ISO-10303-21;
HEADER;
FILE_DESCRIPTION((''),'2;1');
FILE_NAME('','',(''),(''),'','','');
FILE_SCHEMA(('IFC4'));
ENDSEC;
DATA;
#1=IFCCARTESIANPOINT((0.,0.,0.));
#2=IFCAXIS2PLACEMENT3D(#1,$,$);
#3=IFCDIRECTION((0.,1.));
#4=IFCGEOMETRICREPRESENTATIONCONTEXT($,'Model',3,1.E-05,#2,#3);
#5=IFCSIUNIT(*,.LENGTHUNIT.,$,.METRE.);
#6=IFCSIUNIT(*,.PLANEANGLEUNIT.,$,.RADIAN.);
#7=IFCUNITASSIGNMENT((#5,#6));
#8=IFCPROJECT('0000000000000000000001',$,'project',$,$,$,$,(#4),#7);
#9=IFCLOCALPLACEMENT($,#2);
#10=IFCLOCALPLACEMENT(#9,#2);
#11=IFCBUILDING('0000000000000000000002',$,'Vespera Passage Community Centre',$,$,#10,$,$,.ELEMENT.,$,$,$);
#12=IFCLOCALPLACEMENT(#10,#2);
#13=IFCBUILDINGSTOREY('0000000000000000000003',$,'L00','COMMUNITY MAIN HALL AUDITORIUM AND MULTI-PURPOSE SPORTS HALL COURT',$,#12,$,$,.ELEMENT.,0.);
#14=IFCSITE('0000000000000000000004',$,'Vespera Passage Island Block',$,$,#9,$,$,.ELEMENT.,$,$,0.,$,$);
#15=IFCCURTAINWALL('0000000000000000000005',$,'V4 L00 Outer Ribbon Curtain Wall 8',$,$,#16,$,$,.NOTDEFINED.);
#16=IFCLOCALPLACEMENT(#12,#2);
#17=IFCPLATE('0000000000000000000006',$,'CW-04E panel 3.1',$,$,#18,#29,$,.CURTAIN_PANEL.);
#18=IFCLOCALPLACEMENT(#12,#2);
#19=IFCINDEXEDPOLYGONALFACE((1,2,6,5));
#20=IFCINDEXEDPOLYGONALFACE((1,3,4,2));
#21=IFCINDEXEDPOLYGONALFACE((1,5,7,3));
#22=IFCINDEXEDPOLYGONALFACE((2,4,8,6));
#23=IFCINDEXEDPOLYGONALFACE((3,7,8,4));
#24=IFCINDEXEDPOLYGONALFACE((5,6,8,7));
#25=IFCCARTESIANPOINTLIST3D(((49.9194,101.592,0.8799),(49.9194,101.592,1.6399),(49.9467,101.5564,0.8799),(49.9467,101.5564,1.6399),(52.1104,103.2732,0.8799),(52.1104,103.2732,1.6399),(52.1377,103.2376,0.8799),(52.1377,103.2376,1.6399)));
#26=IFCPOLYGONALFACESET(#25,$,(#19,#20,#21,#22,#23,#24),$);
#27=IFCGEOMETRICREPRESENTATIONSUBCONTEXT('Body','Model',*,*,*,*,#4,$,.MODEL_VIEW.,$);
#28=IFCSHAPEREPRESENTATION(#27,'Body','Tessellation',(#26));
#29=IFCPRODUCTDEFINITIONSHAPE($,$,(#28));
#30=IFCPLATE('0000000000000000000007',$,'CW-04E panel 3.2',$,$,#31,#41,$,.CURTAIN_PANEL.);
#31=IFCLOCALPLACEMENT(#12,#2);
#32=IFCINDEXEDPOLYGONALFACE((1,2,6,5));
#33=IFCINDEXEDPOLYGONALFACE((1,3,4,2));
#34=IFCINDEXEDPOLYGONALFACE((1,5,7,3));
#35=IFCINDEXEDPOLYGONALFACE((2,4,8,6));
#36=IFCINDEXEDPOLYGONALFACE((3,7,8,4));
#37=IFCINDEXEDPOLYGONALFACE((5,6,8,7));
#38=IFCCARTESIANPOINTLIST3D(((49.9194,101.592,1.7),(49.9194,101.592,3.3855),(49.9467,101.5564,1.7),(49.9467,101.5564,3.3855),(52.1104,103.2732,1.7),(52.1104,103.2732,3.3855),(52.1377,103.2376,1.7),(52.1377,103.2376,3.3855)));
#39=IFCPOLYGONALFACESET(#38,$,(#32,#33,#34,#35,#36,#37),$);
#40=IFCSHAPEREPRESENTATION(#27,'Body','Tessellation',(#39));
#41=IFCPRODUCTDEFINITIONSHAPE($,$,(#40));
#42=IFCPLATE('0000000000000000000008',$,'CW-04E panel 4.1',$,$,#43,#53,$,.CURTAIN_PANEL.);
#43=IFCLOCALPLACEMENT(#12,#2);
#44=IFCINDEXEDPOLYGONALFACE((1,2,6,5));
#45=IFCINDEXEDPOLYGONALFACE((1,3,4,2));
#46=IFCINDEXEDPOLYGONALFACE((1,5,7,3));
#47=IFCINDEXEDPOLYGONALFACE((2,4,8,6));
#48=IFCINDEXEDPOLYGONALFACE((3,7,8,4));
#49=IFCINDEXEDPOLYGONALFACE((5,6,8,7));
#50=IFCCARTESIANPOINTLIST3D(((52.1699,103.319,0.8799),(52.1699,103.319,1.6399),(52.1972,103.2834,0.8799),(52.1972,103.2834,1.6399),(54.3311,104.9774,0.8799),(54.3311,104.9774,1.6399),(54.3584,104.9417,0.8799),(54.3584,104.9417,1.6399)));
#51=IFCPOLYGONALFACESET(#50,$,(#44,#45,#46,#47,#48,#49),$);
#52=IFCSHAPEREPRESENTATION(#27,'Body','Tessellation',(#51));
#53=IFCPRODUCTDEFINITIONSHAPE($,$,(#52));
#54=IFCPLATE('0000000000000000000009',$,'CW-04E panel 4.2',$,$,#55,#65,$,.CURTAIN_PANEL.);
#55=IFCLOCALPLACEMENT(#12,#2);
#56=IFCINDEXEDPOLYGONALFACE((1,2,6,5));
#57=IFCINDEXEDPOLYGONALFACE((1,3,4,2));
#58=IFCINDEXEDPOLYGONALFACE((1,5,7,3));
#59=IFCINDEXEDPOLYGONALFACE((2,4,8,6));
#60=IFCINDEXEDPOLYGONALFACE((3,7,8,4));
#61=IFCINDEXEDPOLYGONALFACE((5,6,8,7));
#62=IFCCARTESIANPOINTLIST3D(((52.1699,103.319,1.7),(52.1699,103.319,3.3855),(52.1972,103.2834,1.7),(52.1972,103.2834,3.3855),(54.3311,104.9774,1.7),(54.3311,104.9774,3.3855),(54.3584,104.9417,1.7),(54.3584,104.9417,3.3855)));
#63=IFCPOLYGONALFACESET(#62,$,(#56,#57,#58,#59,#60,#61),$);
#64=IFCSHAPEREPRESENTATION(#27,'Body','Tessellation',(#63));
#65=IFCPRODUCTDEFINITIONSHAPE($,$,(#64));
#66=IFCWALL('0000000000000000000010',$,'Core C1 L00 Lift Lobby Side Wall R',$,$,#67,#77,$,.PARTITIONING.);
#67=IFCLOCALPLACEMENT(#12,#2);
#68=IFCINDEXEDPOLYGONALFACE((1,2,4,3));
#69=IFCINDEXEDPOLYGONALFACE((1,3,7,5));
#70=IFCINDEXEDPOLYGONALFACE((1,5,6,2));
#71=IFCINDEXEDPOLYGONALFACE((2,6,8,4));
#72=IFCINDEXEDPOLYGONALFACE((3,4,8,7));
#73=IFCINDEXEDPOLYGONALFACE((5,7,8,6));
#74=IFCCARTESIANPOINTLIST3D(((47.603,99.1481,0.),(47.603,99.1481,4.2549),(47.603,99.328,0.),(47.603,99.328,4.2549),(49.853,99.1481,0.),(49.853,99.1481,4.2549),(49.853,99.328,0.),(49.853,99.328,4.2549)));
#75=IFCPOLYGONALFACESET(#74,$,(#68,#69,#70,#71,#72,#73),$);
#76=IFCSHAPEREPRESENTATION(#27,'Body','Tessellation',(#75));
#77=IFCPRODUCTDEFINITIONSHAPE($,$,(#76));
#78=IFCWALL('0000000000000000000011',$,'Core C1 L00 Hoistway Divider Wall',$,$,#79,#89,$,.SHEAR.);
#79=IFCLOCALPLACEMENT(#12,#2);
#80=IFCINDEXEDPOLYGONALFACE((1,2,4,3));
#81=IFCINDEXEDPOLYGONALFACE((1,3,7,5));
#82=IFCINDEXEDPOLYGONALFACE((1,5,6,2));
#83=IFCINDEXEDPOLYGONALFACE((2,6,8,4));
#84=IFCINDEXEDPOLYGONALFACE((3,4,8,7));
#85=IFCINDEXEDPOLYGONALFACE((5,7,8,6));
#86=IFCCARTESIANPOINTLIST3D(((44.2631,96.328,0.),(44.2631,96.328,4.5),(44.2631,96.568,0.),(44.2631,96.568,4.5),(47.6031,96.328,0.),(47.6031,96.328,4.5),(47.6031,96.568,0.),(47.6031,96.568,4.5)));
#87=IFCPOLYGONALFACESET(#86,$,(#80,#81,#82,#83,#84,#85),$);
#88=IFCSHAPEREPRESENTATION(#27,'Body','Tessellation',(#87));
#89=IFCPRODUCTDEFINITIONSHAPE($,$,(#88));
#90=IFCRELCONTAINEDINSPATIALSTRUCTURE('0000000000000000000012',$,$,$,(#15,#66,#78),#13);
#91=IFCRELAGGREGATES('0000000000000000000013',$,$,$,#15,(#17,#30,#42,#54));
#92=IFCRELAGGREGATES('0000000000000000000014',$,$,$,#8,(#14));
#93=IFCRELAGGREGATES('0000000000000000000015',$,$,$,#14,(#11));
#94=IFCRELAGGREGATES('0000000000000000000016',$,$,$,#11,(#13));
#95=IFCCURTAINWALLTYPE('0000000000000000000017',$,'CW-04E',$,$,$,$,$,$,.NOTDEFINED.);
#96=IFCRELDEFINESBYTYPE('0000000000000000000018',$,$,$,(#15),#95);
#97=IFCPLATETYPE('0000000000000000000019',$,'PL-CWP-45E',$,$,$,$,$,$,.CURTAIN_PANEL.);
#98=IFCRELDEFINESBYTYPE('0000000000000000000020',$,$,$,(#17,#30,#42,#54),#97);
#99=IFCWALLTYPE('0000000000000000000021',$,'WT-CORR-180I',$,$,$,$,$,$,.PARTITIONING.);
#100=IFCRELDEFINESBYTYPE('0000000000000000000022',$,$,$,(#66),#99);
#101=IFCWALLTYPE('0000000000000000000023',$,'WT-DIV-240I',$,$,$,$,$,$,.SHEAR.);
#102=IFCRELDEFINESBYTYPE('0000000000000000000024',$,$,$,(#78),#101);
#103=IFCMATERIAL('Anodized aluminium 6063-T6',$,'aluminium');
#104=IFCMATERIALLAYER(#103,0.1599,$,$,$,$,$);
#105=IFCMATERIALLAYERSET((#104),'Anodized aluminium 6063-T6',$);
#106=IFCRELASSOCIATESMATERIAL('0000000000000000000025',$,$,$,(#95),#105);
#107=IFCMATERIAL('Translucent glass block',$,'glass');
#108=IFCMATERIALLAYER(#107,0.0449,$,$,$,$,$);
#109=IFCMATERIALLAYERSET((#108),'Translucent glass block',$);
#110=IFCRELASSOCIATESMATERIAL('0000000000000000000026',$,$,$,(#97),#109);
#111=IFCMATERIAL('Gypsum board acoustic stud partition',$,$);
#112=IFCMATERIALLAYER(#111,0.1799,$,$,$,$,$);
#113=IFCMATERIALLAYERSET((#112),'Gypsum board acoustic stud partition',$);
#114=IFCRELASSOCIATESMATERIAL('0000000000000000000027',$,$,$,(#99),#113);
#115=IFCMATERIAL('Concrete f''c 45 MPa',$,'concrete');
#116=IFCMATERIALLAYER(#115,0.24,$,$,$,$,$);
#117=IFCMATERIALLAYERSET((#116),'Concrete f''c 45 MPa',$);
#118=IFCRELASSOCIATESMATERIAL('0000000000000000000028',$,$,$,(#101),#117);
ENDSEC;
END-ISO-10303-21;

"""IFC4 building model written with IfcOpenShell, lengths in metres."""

from ifc_helpers import new_model, si_unit, direction, frame, frame_2d, origin, origin_2d, place, context, subcontext, project, spatial, rectangle, extrude, material, layer, layer_set, type_object, element, aggregate, save


model = new_model("IFC4")

# Units and contexts
model_context = context("Model", 3, precision=1e-05, world=origin(), true_north=direction((0.0, 1.0)))
body_context = subcontext(model_context, "Body", "Model", "MODEL_VIEW")
ifc_project = project(units=[si_unit("LENGTHUNIT", "METRE"), si_unit("PLANEANGLEUNIT", "RADIAN")], contexts=[model_context])

# Site, building, storey
site_placement = place(None, origin())
site = spatial("IfcSite", under=ifc_project, at=site_placement, Name="Vespera Passage Island Block", CompositionType="ELEMENT", RefElevation=0.0)
building_placement = place(site_placement, origin())
building = spatial("IfcBuilding", under=site, at=building_placement, Name="Vespera Passage Community Centre", CompositionType="ELEMENT")
storey_placement = place(building_placement, origin())
storey = spatial("IfcBuildingStorey", under=building, at=storey_placement, Name="L00", Description="COMMUNITY MAIN HALL AUDITORIUM AND MULTI-PURPOSE SPORTS HALL COURT", CompositionType="ELEMENT", Elevation=0.0)

# Curtain wall
ifc_material_1 = material(Name="Anodized aluminium 6063-T6", Category="aluminium")
ifc_layer_1 = layer(ifc_material_1, 0.1599)
ifc_layer_set_1 = layer_set([ifc_layer_1], Name="Anodized aluminium 6063-T6")
curtain_wall_type_1 = type_object("IfcCurtainWallType", Name="CW-04E", PredefinedType="NOTDEFINED", material=ifc_layer_set_1)
curtain_wall_1_placement = place(storey_placement, origin())
curtain_wall_1 = element("IfcCurtainWall", 1, at=curtain_wall_1_placement, inside=storey, type_object=curtain_wall_type_1, Name="V4 L00 Outer Ribbon Curtain Wall 8", PredefinedType="NOTDEFINED")

# Plates
ifc_material_2 = material(Name="Translucent glass block", Category="glass")
ifc_layer_2 = layer(ifc_material_2, 0.0449)
ifc_layer_set_2 = layer_set([ifc_layer_2], Name="Translucent glass block")
plate_type = type_object("IfcPlateType", Name="PL-CWP-45E", PredefinedType="CURTAIN_PANEL", material=ifc_layer_set_2)
plate_1_placement = place(storey_placement, frame((51.0286, 102.4148, 0.8799), z_axis=(0.0, 0.0, 1.0), x_axis=(0.793348, 0.608768, 0.0)))
plate_1 = element("IfcPlate", 2, at=plate_1_placement, type_object=plate_type, Name="CW-04E panel 3.1", PredefinedType="CURTAIN_PANEL", context=body_context, shape_type="SweptSolid", body=[
    extrude(rectangle(XDim=2.7617, YDim=0.0449, at=origin_2d()), origin(), (0.0, 0.0, 1.0), 0.76),
])
plate_2_placement = place(storey_placement, frame((51.0286, 102.4148, 1.7), z_axis=(0.0, 0.0, 1.0), x_axis=(0.793348, 0.608768, 0.0)))
plate_2 = element("IfcPlate", 3, at=plate_2_placement, type_object=plate_type, Name="CW-04E panel 3.2", PredefinedType="CURTAIN_PANEL", context=body_context, shape_type="SweptSolid", body=[
    extrude(rectangle(XDim=2.7617, YDim=0.0449, at=origin_2d()), origin(), (0.0, 0.0, 1.0), 1.6855),
])
plate_3_placement = place(storey_placement, frame((53.2642, 104.1304, 0.8799), z_axis=(0.0, 0.0, 1.0), x_axis=(0.793348, 0.608768, 0.0)))
plate_3 = element("IfcPlate", 4, at=plate_3_placement, type_object=plate_type, Name="CW-04E panel 4.1", PredefinedType="CURTAIN_PANEL", context=body_context, shape_type="SweptSolid", body=[
    extrude(rectangle(XDim=2.7241, YDim=0.0449, at=origin_2d()), origin(), (0.0, 0.0, 1.0), 0.76),
])
plate_4_placement = place(storey_placement, frame((53.2642, 104.1304, 1.7), z_axis=(0.0, 0.0, 1.0), x_axis=(0.793348, 0.608768, 0.0)))
plate_4 = element("IfcPlate", 5, at=plate_4_placement, type_object=plate_type, Name="CW-04E panel 4.2", PredefinedType="CURTAIN_PANEL", context=body_context, shape_type="SweptSolid", body=[
    extrude(rectangle(XDim=2.7241, YDim=0.0449, at=origin_2d()), origin(), (0.0, 0.0, 1.0), 1.6855),
])
aggregate(curtain_wall_1, [plate_1, plate_2, plate_3, plate_4])

# Walls
ifc_material_3 = material(Name="Gypsum board acoustic stud partition")
ifc_layer_3 = layer(ifc_material_3, 0.1799)
ifc_layer_set_3 = layer_set([ifc_layer_3], Name="Gypsum board acoustic stud partition")
wall_type_1 = type_object("IfcWallType", Name="WT-CORR-180I", PredefinedType="PARTITIONING", material=ifc_layer_set_3)
wall_1_placement = place(storey_placement, frame((47.603, 99.238, 0.0), z_axis=(0.0, 0.0, 1.0), x_axis=(1.0, 0.0, 0.0)))
element("IfcWall", 6, at=wall_1_placement, inside=storey, type_object=wall_type_1, Name="Core C1 L00 Lift Lobby Side Wall R", PredefinedType="PARTITIONING", context=body_context, shape_type="SweptSolid", body=[
    extrude(rectangle(XDim=2.25, YDim=0.1799, at=frame_2d((1.125, 0.0))), origin(), (0.0, 0.0, 1.0), 4.2549),
])
ifc_material_4 = material(Name="Concrete f'c 45 MPa", Category="concrete")
ifc_layer_4 = layer(ifc_material_4, 0.24)
ifc_layer_set_4 = layer_set([ifc_layer_4], Name="Concrete f'c 45 MPa")
wall_type_2 = type_object("IfcWallType", Name="WT-DIV-240I", PredefinedType="SHEAR", material=ifc_layer_set_4)
wall_2_placement = place(storey_placement, frame((47.603, 96.448, 0.0), z_axis=(0.0, 0.0, 1.0), x_axis=(-1.0, 0.0, 0.0)))
element("IfcWall", 7, at=wall_2_placement, inside=storey, type_object=wall_type_2, Name="Core C1 L00 Hoistway Divider Wall", PredefinedType="SHEAR", context=body_context, shape_type="SweptSolid", body=[
    extrude(rectangle(XDim=3.3401, YDim=0.24, at=frame_2d((1.6699, 0.0))), origin(), (0.0, 0.0, 1.0), 4.5),
])

save(model, "model.ifc")
